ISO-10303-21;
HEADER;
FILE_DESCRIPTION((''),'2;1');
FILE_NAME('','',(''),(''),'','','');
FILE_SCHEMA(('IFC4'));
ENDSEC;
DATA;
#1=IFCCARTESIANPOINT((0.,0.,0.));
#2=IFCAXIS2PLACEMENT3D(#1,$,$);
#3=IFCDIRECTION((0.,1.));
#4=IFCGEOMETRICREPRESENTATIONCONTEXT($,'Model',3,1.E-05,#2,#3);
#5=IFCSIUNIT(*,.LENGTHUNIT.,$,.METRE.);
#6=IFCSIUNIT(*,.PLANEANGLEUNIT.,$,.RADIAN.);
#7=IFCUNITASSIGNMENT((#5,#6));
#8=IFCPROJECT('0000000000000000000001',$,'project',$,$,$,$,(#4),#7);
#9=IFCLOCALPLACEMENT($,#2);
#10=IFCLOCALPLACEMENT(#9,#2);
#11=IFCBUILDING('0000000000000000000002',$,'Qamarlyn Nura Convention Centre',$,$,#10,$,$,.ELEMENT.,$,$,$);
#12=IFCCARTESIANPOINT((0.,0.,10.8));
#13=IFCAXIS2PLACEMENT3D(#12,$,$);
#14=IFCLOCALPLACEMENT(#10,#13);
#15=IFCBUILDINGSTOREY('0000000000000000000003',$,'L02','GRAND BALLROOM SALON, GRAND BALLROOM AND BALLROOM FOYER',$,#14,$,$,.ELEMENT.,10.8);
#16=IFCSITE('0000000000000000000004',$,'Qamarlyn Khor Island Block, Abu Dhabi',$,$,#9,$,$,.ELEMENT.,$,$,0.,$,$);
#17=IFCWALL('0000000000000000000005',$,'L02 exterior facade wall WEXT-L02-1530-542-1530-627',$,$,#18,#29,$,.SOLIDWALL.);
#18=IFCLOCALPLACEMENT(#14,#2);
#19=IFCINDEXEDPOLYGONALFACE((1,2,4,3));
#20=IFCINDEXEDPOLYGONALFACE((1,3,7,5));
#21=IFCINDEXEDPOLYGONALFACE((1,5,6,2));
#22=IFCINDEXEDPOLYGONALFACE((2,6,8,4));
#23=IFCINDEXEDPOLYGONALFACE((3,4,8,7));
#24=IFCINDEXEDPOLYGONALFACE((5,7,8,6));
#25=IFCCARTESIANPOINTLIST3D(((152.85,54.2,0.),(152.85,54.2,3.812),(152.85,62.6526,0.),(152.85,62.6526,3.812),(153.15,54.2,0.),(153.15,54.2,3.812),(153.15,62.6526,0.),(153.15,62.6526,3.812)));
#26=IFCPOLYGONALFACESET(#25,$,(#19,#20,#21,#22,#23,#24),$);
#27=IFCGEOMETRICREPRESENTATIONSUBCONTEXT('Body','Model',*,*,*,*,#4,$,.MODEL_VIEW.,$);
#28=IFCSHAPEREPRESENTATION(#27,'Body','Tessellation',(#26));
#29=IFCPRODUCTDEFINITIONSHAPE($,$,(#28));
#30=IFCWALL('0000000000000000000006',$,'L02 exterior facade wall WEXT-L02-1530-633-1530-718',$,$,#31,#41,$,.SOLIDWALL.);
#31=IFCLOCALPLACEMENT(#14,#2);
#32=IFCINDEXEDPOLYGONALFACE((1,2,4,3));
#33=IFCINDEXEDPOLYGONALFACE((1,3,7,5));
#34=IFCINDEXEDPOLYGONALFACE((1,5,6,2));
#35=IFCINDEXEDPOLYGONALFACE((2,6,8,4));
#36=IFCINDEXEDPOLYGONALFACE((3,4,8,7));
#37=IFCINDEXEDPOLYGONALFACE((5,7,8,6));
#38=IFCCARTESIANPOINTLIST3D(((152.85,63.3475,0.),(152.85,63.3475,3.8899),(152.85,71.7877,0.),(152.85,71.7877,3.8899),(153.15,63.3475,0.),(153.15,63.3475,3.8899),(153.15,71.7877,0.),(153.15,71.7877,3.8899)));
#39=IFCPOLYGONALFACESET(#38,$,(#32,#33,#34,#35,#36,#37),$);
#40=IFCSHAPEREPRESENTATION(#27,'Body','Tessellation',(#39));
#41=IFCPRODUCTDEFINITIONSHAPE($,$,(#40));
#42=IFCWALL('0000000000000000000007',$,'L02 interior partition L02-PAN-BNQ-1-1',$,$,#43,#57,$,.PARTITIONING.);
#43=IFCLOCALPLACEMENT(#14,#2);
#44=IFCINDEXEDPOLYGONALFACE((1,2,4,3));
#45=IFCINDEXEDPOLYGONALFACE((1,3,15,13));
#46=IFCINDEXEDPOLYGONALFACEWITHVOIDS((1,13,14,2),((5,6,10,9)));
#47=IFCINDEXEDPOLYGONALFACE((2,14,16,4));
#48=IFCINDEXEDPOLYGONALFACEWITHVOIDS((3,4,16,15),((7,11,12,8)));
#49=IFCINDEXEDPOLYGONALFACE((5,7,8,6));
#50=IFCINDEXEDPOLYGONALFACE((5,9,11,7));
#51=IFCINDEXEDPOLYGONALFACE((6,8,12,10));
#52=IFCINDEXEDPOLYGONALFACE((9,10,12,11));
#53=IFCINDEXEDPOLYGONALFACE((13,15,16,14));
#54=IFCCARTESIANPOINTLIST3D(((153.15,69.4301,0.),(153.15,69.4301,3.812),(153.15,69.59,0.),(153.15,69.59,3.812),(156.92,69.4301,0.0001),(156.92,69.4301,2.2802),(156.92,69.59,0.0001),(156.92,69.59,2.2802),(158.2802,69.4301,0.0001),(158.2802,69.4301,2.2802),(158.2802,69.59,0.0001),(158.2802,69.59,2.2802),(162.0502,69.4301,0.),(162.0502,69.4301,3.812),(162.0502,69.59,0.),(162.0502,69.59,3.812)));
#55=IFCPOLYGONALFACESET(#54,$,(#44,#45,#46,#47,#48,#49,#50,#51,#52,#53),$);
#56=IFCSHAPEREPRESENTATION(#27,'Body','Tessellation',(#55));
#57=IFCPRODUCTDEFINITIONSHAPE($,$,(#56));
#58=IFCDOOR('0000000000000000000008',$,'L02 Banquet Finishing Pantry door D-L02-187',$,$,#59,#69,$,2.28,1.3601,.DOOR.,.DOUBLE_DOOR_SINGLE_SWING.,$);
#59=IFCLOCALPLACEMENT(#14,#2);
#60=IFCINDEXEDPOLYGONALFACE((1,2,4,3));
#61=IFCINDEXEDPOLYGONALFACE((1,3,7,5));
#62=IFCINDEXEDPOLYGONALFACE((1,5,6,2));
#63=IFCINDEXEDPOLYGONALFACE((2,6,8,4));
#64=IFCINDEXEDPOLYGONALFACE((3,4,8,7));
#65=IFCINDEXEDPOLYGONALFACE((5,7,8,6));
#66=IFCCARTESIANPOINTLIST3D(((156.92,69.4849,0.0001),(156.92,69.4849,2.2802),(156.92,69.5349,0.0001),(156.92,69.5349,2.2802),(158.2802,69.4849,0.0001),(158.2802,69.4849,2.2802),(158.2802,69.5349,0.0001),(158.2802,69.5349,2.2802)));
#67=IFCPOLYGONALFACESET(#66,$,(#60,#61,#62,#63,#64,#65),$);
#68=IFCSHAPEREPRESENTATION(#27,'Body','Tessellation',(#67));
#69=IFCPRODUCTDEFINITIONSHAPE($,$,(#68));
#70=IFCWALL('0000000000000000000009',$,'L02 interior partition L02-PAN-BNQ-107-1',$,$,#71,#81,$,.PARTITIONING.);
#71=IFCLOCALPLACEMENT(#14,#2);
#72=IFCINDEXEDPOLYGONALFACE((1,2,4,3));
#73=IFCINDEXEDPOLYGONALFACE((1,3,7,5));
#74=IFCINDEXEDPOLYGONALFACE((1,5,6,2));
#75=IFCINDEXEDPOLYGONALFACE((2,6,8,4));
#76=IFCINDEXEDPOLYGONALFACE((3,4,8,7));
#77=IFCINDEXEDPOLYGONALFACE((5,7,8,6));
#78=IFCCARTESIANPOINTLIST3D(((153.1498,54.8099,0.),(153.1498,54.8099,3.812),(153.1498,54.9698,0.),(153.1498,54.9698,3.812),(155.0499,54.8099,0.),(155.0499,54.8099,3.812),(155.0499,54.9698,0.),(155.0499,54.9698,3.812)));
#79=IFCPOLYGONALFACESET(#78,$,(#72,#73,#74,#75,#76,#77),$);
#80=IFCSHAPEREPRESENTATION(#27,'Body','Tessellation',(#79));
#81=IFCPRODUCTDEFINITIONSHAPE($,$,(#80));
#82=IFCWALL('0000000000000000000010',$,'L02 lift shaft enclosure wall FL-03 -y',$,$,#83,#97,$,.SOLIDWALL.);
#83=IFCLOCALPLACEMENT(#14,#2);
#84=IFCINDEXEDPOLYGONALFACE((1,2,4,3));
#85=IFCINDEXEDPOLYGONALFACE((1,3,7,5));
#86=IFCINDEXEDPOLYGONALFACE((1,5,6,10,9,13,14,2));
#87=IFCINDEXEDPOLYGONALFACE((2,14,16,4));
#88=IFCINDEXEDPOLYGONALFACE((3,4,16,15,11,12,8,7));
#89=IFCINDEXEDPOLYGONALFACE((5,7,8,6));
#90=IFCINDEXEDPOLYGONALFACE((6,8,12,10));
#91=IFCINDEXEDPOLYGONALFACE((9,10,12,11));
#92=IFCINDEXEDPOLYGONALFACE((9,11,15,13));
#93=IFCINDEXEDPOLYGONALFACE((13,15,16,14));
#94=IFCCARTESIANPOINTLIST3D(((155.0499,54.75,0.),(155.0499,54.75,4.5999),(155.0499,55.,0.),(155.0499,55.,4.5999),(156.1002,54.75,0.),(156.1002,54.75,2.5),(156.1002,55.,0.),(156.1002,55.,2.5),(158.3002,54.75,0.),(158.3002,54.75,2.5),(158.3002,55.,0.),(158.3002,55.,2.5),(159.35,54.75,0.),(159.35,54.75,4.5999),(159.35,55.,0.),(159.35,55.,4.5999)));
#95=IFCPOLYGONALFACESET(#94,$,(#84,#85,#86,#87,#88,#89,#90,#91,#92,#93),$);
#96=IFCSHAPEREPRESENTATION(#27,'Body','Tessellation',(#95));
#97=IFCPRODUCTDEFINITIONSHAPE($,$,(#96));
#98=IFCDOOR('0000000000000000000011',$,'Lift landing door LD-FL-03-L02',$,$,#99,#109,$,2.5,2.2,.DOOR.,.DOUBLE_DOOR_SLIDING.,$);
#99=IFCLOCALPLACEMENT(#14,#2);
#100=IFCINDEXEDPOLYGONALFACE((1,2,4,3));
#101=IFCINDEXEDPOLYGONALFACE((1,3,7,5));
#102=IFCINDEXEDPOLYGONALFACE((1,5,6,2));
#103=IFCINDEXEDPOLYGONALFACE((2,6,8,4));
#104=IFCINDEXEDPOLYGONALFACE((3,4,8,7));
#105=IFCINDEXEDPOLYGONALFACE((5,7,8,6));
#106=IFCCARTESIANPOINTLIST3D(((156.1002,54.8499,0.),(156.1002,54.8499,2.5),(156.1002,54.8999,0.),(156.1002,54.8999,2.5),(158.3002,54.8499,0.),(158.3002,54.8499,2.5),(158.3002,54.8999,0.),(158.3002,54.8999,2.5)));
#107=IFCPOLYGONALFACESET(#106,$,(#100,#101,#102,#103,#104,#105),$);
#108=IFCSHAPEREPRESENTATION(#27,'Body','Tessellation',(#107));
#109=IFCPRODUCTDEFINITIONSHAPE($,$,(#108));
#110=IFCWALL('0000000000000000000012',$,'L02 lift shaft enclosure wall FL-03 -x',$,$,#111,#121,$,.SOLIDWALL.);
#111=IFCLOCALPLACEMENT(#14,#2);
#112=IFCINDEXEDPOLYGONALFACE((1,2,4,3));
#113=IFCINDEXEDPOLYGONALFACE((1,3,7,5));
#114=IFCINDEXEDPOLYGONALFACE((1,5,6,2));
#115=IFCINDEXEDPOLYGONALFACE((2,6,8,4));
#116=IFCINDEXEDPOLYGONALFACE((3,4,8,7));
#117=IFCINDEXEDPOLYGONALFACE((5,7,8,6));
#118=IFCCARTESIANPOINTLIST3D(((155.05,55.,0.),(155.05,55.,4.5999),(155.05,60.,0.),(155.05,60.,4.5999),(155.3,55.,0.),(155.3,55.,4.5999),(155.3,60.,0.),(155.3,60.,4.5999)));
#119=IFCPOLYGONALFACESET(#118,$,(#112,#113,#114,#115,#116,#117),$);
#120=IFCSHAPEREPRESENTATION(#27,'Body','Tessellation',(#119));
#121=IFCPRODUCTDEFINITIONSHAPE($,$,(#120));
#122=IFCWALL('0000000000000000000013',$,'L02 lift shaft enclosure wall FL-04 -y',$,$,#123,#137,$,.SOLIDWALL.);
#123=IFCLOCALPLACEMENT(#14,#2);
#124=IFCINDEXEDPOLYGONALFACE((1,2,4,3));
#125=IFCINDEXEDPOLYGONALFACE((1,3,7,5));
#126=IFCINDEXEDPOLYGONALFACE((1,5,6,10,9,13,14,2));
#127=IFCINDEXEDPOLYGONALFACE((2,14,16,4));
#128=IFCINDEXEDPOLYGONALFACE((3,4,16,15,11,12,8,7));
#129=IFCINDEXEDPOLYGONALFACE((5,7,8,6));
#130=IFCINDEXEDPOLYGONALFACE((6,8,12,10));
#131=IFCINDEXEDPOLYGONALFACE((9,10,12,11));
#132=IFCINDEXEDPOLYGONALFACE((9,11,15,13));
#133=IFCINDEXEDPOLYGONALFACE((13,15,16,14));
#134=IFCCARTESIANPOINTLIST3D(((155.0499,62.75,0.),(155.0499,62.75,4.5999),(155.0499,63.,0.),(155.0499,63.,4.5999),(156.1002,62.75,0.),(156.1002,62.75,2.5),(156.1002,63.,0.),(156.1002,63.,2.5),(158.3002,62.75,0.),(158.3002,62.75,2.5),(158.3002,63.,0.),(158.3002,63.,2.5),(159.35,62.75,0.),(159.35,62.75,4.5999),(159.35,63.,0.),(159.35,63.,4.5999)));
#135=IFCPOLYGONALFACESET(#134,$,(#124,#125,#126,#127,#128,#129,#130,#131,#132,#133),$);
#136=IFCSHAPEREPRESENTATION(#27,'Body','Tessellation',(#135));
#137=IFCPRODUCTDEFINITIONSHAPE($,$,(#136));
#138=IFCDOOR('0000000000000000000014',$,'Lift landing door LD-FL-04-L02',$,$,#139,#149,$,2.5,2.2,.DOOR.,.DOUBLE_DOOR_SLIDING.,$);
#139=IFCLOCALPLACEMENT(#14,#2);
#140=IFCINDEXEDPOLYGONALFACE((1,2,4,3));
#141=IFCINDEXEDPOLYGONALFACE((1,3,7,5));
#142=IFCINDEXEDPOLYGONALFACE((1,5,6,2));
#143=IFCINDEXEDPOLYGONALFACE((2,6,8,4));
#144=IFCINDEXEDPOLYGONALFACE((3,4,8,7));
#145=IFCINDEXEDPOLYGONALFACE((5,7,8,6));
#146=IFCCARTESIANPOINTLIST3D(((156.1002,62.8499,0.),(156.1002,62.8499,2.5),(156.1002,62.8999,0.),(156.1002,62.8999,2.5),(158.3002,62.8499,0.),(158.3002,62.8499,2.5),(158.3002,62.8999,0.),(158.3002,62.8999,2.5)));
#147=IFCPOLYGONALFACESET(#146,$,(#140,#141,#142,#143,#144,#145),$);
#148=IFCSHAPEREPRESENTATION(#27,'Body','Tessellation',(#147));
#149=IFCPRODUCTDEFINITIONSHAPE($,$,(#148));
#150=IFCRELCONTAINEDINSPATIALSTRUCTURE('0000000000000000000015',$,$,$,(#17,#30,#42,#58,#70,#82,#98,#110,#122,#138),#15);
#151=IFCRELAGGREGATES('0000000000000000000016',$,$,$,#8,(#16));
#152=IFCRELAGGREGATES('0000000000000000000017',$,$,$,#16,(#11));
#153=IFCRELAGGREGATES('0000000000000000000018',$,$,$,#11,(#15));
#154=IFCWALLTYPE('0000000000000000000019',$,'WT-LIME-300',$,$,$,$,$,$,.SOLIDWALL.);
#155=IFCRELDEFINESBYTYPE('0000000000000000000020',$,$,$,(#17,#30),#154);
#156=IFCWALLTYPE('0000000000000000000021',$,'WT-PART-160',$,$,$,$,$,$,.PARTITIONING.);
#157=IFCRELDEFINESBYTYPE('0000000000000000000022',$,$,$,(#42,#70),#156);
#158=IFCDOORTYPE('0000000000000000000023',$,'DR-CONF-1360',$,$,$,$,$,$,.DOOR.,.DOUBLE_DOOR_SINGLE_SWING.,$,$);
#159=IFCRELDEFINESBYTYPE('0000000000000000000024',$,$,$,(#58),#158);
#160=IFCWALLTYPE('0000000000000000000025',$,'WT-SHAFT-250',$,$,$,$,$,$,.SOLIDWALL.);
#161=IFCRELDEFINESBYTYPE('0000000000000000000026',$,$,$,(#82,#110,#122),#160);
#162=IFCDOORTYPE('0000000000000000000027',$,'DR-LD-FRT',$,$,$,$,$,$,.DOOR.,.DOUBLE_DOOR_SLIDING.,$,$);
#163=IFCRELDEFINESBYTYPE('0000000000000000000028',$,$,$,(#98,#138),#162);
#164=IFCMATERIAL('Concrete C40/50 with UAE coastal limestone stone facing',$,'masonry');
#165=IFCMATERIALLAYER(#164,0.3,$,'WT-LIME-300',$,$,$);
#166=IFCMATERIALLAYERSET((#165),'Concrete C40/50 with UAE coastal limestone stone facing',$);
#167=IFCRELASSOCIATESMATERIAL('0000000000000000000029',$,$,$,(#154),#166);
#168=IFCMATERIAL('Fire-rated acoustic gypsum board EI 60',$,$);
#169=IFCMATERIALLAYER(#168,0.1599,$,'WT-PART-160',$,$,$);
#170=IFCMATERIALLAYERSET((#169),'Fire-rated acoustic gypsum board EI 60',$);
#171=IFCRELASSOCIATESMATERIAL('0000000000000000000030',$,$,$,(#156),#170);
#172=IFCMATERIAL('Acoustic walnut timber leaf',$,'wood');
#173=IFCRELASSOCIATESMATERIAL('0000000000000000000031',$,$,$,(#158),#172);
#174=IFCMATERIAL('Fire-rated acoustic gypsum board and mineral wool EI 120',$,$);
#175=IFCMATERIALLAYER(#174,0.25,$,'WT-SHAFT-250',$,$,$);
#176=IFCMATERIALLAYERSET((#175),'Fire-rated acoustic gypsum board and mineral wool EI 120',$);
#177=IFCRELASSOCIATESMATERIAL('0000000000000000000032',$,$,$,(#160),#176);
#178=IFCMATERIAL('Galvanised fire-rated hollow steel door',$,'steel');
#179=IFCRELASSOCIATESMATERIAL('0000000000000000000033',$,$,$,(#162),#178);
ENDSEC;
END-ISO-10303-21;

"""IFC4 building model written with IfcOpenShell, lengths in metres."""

from ifc_helpers import new_model, si_unit, direction, frame, frame_2d, origin, place, context, subcontext, project, spatial, rectangle, extrude, material, layer, layer_set, type_object, element, fill, save


model = new_model("IFC4")

# Units and contexts
model_context = context("Model", 3, precision=1e-05, world=origin(), true_north=direction((0.0, 1.0)))
body_context = subcontext(model_context, "Body", "Model", "MODEL_VIEW")
ifc_project = project(units=[si_unit("LENGTHUNIT", "METRE"), si_unit("PLANEANGLEUNIT", "RADIAN")], contexts=[model_context])

# Site, building, storey
site_placement = place(None, origin())
site = spatial("IfcSite", under=ifc_project, at=site_placement, Name="Qamarlyn Khor Island Block, Abu Dhabi", CompositionType="ELEMENT", RefElevation=0.0)
building_placement = place(site_placement, origin())
building = spatial("IfcBuilding", under=site, at=building_placement, Name="Qamarlyn Nura Convention Centre", CompositionType="ELEMENT")
storey_placement = place(building_placement, frame((0.0, 0.0, 10.8)))
storey = spatial("IfcBuildingStorey", under=building, at=storey_placement, Name="L02", Description="GRAND BALLROOM SALON, GRAND BALLROOM AND BALLROOM FOYER", CompositionType="ELEMENT", Elevation=10.8)

# Walls
ifc_material_1 = material(Name="Concrete C40/50 with UAE coastal limestone stone facing", Category="masonry")
ifc_layer_1 = layer(ifc_material_1, 0.3, Name="WT-LIME-300")
ifc_layer_set_1 = layer_set([ifc_layer_1], Name="Concrete C40/50 with UAE coastal limestone stone facing")
wall_type_1 = type_object("IfcWallType", Name="WT-LIME-300", PredefinedType="SOLIDWALL", material=ifc_layer_set_1)
wall_1_placement = place(storey_placement, frame((153.0, 54.2, 0.0), z_axis=(0.0, 0.0, 1.0), x_axis=(0.0, 1.0, 0.0)))
element("IfcWall", 1, at=wall_1_placement, inside=storey, type_object=wall_type_1, Name="L02 exterior facade wall WEXT-L02-1530-542-1530-627", PredefinedType="SOLIDWALL", context=body_context, shape_type="SweptSolid", body=[
    extrude(rectangle(XDim=8.4526, YDim=0.3, at=frame_2d((4.2263, 0.0))), origin(), (0.0, 0.0, 1.0), 3.812),
])
wall_2_placement = place(storey_placement, frame((153.0, 63.3474, 0.0), z_axis=(0.0, 0.0, 1.0), x_axis=(0.0, 1.0, 0.0)))
element("IfcWall", 2, at=wall_2_placement, inside=storey, type_object=wall_type_1, Name="L02 exterior facade wall WEXT-L02-1530-633-1530-718", PredefinedType="SOLIDWALL", context=body_context, shape_type="SweptSolid", body=[
    extrude(rectangle(XDim=8.4402, YDim=0.3, at=frame_2d((4.2202, 0.0))), origin(), (0.0, 0.0, 1.0), 3.8899),
])

# Wall, opening, door
ifc_material_2 = material(Name="Fire-rated acoustic gypsum board EI 60")
ifc_layer_2 = layer(ifc_material_2, 0.1599, Name="WT-PART-160")
ifc_layer_set_2 = layer_set([ifc_layer_2], Name="Fire-rated acoustic gypsum board EI 60")
wall_type_2 = type_object("IfcWallType", Name="WT-PART-160", PredefinedType="PARTITIONING", material=ifc_layer_set_2)
wall_3_placement = place(storey_placement, frame((153.1499, 69.51, 0.0), z_axis=(0.0, 0.0, 1.0), x_axis=(1.0, 0.0, 0.0)))
wall_3 = element("IfcWall", 3, at=wall_3_placement, inside=storey, type_object=wall_type_2, Name="L02 interior partition L02-PAN-BNQ-1-1", PredefinedType="PARTITIONING", context=body_context, shape_type="SweptSolid", body=[
    extrude(rectangle(XDim=8.9001, YDim=0.1599, at=frame_2d((4.4502, 0.0))), origin(), (0.0, 0.0, 1.0), 3.812),
])
opening_1_placement = place(wall_3_placement, frame((3.77, 0.0, 0.0)))
opening_1 = element("IfcOpeningElement", 4, at=opening_1_placement, cuts=wall_3, PredefinedType="OPENING", context=body_context, shape_type="SweptSolid", body=[
    extrude(rectangle(XDim=1.3601, YDim=2.28, at=frame_2d((0.6802, 1.1401))), frame((0.0, 0.0898, 0.0), z_axis=(0.0, -1.0, 0.0), x_axis=(1.0, 0.0, 0.0)), (0.0, 0.0, 1.0), 0.1799),
])
ifc_material_3 = material(Name="Acoustic walnut timber leaf", Category="wood")
door_type_1 = type_object("IfcDoorType", Name="DR-CONF-1360", OperationType="DOUBLE_DOOR_SINGLE_SWING", PredefinedType="DOOR", material=ifc_material_3)
door_1_placement = place(opening_1_placement, origin())
door_1 = element("IfcDoor", 5, at=door_1_placement, inside=storey, type_object=door_type_1, Name="L02 Banquet Finishing Pantry door D-L02-187", OperationType="DOUBLE_DOOR_SINGLE_SWING", OverallHeight=2.28, OverallWidth=1.3601, PredefinedType="DOOR", context=body_context, shape_type="SweptSolid", body=[
    extrude(rectangle(XDim=1.3601, YDim=2.28, at=frame_2d((0.6802, 1.1401))), frame((0.0, 0.0249, 0.0), z_axis=(0.0, -1.0, 0.0), x_axis=(1.0, 0.0, 0.0)), (0.0, 0.0, 1.0), 0.05),
])
fill(opening_1, door_1)

# Wall
wall_4_placement = place(storey_placement, frame((155.05, 54.8899, 0.0), z_axis=(0.0, 0.0, 1.0), x_axis=(-1.0, 0.0, 0.0)))
element("IfcWall", 6, at=wall_4_placement, inside=storey, type_object=wall_type_2, Name="L02 interior partition L02-PAN-BNQ-107-1", PredefinedType="PARTITIONING", context=body_context, shape_type="SweptSolid", body=[
    extrude(rectangle(XDim=1.9001, YDim=0.1599, at=frame_2d((0.9502, 0.0))), origin(), (0.0, 0.0, 1.0), 3.812),
])

# Wall, opening, door
ifc_material_4 = material(Name="Fire-rated acoustic gypsum board and mineral wool EI 120")
ifc_layer_3 = layer(ifc_material_4, 0.25, Name="WT-SHAFT-250")
ifc_layer_set_3 = layer_set([ifc_layer_3], Name="Fire-rated acoustic gypsum board and mineral wool EI 120")
wall_type_3 = type_object("IfcWallType", Name="WT-SHAFT-250", PredefinedType="SOLIDWALL", material=ifc_layer_set_3)
wall_5_placement = place(storey_placement, frame((155.05, 54.875, 0.0), z_axis=(0.0, 0.0, 1.0), x_axis=(1.0, 0.0, 0.0)))
wall_5 = element("IfcWall", 7, at=wall_5_placement, inside=storey, type_object=wall_type_3, Name="L02 lift shaft enclosure wall FL-03 -y", PredefinedType="SOLIDWALL", context=body_context, shape_type="SweptSolid", body=[
    extrude(rectangle(XDim=4.3, YDim=0.25, at=frame_2d((2.1499, 0.0))), origin(), (0.0, 0.0, 1.0), 4.5999),
])
opening_2_placement = place(wall_5_placement, frame((1.05, 0.0, 0.0)))
opening_2 = element("IfcOpeningElement", 8, at=opening_2_placement, cuts=wall_5, PredefinedType="OPENING", context=body_context, shape_type="SweptSolid", body=[
    extrude(rectangle(XDim=2.2, YDim=2.5, at=frame_2d((1.1001, 1.25))), frame((0.0, 0.135, 0.0), z_axis=(0.0, -1.0, 0.0), x_axis=(1.0, 0.0, 0.0)), (0.0, 0.0, 1.0), 0.27),
])
ifc_material_5 = material(Name="Galvanised fire-rated hollow steel door", Category="steel")
door_type_2 = type_object("IfcDoorType", Name="DR-LD-FRT", OperationType="DOUBLE_DOOR_SLIDING", PredefinedType="DOOR", material=ifc_material_5)
door_2_placement = place(opening_2_placement, origin())
door_2 = element("IfcDoor", 9, at=door_2_placement, inside=storey, type_object=door_type_2, Name="Lift landing door LD-FL-03-L02", OperationType="DOUBLE_DOOR_SLIDING", OverallHeight=2.5, OverallWidth=2.2, PredefinedType="DOOR", context=body_context, shape_type="SweptSolid", body=[
    extrude(rectangle(XDim=2.2, YDim=2.5, at=frame_2d((1.1001, 1.25))), frame((0.0, 0.0249, 0.0), z_axis=(0.0, -1.0, 0.0), x_axis=(1.0, 0.0, 0.0)), (0.0, 0.0, 1.0), 0.05),
])
fill(opening_2, door_2)

# Wall
wall_6_placement = place(storey_placement, frame((155.175, 60.0, 0.0), z_axis=(0.0, 0.0, 1.0), x_axis=(0.0, -1.0, 0.0)))
element("IfcWall", 10, at=wall_6_placement, inside=storey, type_object=wall_type_3, Name="L02 lift shaft enclosure wall FL-03 -x", PredefinedType="SOLIDWALL", context=body_context, shape_type="SweptSolid", body=[
    extrude(rectangle(XDim=5.0, YDim=0.25, at=frame_2d((2.5, 0.0))), origin(), (0.0, 0.0, 1.0), 4.5999),
])

# Wall, opening, door
wall_7_placement = place(storey_placement, frame((155.05, 62.875, 0.0), z_axis=(0.0, 0.0, 1.0), x_axis=(1.0, 0.0, 0.0)))
wall_7 = element("IfcWall", 11, at=wall_7_placement, inside=storey, type_object=wall_type_3, Name="L02 lift shaft enclosure wall FL-04 -y", PredefinedType="SOLIDWALL", context=body_context, shape_type="SweptSolid", body=[
    extrude(rectangle(XDim=4.3, YDim=0.25, at=frame_2d((2.1499, 0.0))), origin(), (0.0, 0.0, 1.0), 4.5999),
])
opening_3_placement = place(wall_7_placement, frame((1.05, 0.0, 0.0)))
opening_3 = element("IfcOpeningElement", 12, at=opening_3_placement, cuts=wall_7, PredefinedType="OPENING", context=body_context, shape_type="SweptSolid", body=[
    extrude(rectangle(XDim=2.2, YDim=2.5, at=frame_2d((1.1001, 1.25))), frame((0.0, 0.135, 0.0), z_axis=(0.0, -1.0, 0.0), x_axis=(1.0, 0.0, 0.0)), (0.0, 0.0, 1.0), 0.27),
])
door_3_placement = place(opening_3_placement, origin())
door_3 = element("IfcDoor", 13, at=door_3_placement, inside=storey, type_object=door_type_2, Name="Lift landing door LD-FL-04-L02", OperationType="DOUBLE_DOOR_SLIDING", OverallHeight=2.5, OverallWidth=2.2, PredefinedType="DOOR", context=body_context, shape_type="SweptSolid", body=[
    extrude(rectangle(XDim=2.2, YDim=2.5, at=frame_2d((1.1001, 1.25))), frame((0.0, 0.0249, 0.0), z_axis=(0.0, -1.0, 0.0), x_axis=(1.0, 0.0, 0.0)), (0.0, 0.0, 1.0), 0.05),
])
fill(opening_3, door_3)

save(model, "model.ifc")
